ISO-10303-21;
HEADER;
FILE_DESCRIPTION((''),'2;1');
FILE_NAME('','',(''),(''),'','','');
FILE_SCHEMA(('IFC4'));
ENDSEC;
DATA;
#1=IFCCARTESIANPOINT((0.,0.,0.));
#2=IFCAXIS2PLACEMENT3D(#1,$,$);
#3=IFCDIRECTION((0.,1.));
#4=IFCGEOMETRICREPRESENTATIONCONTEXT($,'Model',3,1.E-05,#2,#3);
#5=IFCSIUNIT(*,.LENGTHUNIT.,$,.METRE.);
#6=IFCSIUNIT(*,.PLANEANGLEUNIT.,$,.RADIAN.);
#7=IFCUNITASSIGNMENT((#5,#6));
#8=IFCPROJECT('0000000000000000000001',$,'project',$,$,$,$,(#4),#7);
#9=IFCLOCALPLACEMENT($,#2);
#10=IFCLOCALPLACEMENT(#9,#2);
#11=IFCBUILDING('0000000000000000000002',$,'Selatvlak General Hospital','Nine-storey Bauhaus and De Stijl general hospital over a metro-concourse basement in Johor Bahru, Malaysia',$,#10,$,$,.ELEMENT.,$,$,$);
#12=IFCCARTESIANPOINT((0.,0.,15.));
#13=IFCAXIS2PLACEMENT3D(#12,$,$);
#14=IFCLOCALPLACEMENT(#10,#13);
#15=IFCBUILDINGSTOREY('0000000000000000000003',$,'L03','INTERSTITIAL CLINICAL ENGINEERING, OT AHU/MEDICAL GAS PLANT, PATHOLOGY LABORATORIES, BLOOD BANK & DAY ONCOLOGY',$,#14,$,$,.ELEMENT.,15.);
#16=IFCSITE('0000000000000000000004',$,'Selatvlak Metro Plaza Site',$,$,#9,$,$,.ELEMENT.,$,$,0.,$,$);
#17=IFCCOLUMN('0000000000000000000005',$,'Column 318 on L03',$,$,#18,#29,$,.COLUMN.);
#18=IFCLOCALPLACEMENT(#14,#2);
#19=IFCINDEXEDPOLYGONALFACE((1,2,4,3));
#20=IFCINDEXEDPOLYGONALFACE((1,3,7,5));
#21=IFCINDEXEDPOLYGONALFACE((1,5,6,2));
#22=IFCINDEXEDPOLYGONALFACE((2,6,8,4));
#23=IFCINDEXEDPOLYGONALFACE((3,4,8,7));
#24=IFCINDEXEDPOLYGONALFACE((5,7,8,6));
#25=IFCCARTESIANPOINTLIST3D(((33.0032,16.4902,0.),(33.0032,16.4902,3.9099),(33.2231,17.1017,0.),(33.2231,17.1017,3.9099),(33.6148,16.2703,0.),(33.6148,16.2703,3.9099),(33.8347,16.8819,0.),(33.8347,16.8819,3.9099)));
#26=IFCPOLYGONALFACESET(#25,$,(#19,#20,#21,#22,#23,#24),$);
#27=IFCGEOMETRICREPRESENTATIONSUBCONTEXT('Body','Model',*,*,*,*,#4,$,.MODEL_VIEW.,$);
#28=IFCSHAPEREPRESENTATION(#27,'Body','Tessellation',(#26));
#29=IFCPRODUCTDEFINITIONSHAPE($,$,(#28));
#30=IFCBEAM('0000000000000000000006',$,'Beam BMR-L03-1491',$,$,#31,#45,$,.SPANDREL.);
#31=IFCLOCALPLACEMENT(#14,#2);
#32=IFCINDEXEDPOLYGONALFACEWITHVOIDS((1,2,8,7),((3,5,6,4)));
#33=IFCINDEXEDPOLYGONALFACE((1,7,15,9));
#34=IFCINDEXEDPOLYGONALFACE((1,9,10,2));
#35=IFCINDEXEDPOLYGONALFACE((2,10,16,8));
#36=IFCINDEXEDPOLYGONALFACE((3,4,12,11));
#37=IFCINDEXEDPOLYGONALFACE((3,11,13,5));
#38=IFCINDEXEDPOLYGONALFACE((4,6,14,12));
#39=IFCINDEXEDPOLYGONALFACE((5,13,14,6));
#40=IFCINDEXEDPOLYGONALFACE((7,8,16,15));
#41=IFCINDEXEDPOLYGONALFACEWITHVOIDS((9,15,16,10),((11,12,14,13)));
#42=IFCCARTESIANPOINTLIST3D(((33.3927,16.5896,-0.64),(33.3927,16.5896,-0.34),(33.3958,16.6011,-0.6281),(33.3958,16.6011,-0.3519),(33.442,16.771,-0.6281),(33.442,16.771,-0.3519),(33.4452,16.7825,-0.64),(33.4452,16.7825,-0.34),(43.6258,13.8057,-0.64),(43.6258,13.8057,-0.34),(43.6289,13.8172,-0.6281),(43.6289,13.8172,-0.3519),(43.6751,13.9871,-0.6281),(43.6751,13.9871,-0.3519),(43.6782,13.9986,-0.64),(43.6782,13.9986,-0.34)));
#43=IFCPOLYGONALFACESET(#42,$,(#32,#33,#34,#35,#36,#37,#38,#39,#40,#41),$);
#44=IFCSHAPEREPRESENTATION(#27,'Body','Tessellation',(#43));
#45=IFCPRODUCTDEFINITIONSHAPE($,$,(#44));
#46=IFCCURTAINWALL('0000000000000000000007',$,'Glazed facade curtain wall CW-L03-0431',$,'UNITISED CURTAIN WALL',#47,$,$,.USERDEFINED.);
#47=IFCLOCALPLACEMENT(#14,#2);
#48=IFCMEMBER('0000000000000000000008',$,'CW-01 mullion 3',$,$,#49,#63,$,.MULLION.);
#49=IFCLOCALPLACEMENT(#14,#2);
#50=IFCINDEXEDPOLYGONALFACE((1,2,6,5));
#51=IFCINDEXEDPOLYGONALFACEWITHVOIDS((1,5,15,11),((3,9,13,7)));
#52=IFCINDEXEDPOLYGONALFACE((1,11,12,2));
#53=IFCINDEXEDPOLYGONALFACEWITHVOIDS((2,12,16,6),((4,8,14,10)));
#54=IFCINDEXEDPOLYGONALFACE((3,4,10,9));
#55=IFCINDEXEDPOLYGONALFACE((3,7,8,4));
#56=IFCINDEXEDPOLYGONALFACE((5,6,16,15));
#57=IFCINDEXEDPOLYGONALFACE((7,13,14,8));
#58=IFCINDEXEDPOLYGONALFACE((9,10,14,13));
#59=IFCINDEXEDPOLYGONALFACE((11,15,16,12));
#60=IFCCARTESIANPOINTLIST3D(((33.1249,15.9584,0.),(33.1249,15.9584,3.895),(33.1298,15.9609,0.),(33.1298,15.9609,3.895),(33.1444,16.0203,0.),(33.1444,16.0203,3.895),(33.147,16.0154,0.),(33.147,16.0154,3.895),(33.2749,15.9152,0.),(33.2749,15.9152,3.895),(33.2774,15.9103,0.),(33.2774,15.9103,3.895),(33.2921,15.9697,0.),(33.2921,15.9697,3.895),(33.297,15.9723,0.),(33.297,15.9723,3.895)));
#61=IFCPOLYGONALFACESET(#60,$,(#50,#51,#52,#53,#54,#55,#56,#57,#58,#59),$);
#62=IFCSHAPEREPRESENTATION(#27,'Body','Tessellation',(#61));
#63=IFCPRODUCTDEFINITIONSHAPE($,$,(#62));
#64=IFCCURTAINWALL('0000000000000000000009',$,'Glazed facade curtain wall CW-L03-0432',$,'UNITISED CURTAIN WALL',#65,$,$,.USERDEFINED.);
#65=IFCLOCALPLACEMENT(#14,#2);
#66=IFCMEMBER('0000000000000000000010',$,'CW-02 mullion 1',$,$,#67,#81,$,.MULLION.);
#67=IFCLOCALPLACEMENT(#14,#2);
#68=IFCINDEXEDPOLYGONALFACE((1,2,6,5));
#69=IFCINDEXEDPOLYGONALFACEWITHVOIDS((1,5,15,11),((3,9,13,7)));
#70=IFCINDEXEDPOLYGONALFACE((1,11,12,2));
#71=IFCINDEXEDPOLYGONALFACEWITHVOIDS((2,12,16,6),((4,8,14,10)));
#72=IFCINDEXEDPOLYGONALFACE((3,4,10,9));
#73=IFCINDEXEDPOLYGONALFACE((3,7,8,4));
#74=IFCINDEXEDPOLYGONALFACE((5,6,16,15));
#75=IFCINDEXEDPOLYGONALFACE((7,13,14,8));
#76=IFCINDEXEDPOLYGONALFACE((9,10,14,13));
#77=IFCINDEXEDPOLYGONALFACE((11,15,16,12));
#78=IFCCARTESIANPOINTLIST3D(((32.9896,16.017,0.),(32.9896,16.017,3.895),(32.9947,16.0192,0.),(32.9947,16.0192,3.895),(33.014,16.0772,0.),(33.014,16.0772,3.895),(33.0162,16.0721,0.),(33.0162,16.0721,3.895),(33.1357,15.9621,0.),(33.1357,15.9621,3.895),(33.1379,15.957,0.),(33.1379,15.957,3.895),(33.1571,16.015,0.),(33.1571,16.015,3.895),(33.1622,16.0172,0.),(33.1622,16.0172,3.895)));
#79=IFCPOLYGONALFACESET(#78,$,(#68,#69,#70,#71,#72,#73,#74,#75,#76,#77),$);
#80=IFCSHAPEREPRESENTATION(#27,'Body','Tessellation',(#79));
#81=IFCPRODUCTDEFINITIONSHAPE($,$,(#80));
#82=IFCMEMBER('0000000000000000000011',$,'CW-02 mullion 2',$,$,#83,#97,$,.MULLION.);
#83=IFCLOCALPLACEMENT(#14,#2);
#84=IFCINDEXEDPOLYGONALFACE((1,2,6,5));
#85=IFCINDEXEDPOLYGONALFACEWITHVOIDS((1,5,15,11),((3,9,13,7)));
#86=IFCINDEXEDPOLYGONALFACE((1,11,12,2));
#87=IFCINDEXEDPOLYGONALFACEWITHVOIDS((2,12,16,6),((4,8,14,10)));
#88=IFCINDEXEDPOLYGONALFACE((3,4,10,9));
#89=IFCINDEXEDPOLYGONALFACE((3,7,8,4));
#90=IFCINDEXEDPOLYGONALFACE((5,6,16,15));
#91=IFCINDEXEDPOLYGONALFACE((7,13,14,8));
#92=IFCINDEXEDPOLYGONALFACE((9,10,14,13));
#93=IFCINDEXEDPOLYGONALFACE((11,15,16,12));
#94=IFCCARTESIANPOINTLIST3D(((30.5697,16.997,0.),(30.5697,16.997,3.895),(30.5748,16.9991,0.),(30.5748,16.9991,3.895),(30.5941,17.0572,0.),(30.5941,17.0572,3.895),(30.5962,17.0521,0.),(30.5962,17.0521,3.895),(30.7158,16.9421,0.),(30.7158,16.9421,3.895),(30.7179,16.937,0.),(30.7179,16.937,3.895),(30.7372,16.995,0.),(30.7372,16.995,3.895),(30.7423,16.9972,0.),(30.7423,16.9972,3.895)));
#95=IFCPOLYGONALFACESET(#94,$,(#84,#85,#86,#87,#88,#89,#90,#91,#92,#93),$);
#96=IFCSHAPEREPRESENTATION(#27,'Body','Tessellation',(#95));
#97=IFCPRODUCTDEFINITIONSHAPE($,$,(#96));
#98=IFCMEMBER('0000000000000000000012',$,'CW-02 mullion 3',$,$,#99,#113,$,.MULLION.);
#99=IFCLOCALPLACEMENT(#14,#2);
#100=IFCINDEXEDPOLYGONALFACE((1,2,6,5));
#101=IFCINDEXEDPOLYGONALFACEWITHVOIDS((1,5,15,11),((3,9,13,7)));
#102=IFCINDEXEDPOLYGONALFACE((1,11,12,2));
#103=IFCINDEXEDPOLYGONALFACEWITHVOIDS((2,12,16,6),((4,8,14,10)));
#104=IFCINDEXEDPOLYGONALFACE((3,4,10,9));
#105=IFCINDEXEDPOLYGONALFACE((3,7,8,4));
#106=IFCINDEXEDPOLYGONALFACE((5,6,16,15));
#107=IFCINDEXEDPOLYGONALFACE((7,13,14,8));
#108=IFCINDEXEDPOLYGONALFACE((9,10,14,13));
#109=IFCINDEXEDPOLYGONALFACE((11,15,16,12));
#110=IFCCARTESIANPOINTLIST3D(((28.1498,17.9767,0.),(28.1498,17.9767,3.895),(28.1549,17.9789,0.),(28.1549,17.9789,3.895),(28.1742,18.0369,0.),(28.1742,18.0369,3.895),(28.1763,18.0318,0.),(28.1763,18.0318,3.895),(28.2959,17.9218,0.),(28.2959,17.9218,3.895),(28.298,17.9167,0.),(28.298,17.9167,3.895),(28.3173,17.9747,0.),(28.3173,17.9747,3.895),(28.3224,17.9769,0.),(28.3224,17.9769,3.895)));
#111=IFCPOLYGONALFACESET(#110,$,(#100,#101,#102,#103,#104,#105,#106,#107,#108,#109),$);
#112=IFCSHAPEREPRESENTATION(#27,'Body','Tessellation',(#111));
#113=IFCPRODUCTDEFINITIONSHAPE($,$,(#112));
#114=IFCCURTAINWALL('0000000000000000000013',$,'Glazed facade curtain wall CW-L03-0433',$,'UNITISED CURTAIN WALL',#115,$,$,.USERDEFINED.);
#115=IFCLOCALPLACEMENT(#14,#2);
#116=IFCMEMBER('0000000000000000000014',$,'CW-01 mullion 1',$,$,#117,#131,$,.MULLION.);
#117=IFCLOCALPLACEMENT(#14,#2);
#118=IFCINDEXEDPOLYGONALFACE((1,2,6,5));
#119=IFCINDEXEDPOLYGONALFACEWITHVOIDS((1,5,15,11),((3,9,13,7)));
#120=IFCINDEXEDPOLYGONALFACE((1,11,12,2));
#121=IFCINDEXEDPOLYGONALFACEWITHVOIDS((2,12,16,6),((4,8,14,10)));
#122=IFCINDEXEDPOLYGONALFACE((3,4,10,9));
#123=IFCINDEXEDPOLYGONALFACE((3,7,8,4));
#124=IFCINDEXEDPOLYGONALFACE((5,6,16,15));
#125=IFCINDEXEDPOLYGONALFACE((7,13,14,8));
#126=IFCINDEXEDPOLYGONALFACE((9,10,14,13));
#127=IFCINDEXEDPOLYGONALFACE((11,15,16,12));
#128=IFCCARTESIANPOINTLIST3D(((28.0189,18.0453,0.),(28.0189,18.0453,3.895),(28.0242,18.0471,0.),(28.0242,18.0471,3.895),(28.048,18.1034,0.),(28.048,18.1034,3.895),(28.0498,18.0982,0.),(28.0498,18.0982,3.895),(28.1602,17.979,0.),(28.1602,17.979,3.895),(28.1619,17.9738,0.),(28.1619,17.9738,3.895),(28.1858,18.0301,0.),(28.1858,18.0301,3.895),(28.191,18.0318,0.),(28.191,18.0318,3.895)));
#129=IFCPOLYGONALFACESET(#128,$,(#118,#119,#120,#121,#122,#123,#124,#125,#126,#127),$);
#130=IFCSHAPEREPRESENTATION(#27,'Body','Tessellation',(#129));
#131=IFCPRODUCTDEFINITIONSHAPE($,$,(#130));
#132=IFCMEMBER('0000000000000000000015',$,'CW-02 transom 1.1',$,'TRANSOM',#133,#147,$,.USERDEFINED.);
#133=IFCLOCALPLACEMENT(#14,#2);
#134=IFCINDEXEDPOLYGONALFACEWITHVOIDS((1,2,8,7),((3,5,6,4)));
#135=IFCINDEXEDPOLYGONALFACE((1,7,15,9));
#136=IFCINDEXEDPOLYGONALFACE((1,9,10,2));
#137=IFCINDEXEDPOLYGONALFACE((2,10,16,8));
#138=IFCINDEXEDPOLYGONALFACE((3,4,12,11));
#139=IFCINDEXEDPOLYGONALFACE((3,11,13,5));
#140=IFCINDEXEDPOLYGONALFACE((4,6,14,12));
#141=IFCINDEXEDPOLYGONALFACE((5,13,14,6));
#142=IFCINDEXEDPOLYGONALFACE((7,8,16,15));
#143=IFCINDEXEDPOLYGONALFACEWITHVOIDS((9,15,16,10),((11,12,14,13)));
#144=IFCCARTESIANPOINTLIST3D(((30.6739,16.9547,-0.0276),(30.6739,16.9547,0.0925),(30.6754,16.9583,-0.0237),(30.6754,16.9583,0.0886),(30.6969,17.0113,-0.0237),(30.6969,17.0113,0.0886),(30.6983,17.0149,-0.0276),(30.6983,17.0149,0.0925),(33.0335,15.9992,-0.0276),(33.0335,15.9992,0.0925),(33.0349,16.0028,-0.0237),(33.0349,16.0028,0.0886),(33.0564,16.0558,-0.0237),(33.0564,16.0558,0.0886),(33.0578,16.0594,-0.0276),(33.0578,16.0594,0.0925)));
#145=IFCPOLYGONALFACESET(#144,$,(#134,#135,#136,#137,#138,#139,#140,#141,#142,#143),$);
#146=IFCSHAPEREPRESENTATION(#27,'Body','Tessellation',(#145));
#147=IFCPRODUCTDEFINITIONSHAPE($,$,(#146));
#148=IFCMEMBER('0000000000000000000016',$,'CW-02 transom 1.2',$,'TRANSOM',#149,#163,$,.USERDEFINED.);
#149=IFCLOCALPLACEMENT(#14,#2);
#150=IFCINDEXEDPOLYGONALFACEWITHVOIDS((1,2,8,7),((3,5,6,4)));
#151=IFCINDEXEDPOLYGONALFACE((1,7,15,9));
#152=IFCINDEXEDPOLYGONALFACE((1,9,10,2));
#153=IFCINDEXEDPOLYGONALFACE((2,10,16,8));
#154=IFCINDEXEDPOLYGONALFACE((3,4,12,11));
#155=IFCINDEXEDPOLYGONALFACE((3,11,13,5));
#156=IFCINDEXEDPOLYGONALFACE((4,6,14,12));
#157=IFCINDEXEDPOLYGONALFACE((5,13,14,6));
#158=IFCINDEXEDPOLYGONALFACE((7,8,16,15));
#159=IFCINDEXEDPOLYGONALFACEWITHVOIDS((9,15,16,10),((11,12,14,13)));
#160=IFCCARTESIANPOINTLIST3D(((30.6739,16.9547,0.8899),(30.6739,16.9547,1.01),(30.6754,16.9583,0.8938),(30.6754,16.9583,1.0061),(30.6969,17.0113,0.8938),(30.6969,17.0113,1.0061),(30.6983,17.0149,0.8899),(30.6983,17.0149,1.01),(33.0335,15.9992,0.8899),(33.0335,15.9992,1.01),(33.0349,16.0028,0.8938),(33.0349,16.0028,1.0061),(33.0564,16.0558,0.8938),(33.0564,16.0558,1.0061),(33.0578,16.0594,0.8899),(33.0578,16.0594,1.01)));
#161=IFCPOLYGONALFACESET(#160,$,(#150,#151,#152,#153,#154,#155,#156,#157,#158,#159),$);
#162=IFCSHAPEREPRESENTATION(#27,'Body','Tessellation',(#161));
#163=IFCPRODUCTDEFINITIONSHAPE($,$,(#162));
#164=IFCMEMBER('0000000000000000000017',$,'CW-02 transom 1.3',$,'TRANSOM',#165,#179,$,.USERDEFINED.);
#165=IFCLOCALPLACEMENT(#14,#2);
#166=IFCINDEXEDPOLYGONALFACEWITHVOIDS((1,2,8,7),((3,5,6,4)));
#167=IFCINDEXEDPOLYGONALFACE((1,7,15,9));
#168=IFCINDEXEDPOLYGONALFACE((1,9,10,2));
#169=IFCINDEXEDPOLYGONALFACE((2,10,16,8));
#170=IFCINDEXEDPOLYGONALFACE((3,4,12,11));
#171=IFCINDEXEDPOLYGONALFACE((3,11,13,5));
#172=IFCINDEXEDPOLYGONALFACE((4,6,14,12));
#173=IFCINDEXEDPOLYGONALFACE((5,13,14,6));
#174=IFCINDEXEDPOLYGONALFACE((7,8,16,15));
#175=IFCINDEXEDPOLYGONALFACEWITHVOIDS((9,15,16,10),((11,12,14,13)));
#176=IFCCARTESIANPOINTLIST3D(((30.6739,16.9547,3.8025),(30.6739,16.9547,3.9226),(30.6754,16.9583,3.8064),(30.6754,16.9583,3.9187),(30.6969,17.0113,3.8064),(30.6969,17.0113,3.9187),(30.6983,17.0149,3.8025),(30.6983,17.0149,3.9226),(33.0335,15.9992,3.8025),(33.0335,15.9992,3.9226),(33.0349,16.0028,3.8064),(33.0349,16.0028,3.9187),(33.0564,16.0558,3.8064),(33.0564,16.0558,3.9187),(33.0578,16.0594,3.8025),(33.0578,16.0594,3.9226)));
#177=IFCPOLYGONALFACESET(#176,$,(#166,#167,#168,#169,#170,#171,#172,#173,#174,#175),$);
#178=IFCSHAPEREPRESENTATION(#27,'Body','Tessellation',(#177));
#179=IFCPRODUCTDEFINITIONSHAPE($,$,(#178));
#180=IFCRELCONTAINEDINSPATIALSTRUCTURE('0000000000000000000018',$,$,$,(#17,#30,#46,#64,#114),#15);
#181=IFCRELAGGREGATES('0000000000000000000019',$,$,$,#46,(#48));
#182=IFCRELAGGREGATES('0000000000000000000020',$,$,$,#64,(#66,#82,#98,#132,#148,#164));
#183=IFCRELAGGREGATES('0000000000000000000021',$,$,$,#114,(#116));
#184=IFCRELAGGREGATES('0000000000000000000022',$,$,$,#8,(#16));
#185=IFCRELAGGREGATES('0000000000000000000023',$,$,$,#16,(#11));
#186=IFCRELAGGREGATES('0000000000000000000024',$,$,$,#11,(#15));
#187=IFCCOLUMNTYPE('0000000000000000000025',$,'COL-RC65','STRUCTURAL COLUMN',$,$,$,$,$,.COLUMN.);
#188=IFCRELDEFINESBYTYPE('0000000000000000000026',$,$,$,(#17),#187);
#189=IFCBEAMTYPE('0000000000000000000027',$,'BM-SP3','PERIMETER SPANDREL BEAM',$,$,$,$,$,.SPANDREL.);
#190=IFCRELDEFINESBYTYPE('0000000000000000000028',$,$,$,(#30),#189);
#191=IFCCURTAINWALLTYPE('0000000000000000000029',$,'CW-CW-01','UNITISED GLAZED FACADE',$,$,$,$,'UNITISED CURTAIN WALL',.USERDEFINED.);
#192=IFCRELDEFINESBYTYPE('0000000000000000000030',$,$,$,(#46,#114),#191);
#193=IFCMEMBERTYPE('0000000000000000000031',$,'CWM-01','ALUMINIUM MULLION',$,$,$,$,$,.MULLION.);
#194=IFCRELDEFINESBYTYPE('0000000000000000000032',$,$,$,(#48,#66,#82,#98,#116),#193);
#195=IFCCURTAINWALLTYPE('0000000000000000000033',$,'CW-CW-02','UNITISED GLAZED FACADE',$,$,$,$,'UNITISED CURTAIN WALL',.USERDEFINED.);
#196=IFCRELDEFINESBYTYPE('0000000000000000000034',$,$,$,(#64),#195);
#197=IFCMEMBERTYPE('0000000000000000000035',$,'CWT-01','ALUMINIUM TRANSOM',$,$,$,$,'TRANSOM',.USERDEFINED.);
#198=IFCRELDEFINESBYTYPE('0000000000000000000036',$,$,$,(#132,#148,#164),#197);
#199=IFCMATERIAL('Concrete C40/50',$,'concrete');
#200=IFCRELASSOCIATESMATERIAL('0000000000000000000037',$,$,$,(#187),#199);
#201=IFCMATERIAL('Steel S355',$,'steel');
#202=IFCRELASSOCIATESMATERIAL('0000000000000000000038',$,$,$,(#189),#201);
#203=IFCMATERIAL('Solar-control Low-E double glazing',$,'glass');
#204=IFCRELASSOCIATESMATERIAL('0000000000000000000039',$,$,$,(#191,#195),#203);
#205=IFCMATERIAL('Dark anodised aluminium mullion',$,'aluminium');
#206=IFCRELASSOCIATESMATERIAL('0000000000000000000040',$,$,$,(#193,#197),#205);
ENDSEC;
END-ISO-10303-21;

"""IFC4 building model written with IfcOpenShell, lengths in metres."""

from ifc_helpers import new_model, si_unit, direction, frame, origin, origin_2d, place, context, subcontext, project, spatial, rectangle, hollow_rectangle, extrude, material, material_profile, profile_set, type_object, element, aggregate, save


model = new_model("IFC4")

# Units and contexts
model_context = context("Model", 3, precision=1e-05, world=origin(), true_north=direction((0.0, 1.0)))
body_context = subcontext(model_context, "Body", "Model", "MODEL_VIEW")
ifc_project = project(units=[si_unit("LENGTHUNIT", "METRE"), si_unit("PLANEANGLEUNIT", "RADIAN")], contexts=[model_context])

# Site, building, storey
site_placement = place(None, origin())
site = spatial("IfcSite", under=ifc_project, at=site_placement, Name="Selatvlak Metro Plaza Site", CompositionType="ELEMENT", RefElevation=0.0)
building_placement = place(site_placement, origin())
building = spatial("IfcBuilding", under=site, at=building_placement, Name="Selatvlak General Hospital", Description="Nine-storey Bauhaus and De Stijl general hospital over a metro-concourse basement in Johor Bahru, Malaysia", CompositionType="ELEMENT")
storey_placement = place(building_placement, frame((0.0, 0.0, 15.0)))
storey = spatial("IfcBuildingStorey", under=building, at=storey_placement, Name="L03", Description="INTERSTITIAL CLINICAL ENGINEERING, OT AHU/MEDICAL GAS PLANT, PATHOLOGY LABORATORIES, BLOOD BANK & DAY ONCOLOGY", CompositionType="ELEMENT", Elevation=15.0)

# Column
ifc_material_1 = material(Name="Concrete C40/50", Category="concrete")
ifc_material_profile_1 = material_profile(ifc_material_1, rectangle(XDim=0.6499, YDim=0.6499, at=origin_2d()), Name="RC-COL 650x650")
ifc_profile_set_1 = profile_set([ifc_material_profile_1], Name="Concrete C40/50")
column_type = type_object("IfcColumnType", Name="COL-RC65", Description="STRUCTURAL COLUMN", PredefinedType="COLUMN", material=ifc_profile_set_1)
column_placement = place(storey_placement, frame((33.4189, 16.686, 0.0), z_axis=(0.0, 0.0, 1.0), x_axis=(0.338262, 0.941052, 0.0)))
element("IfcColumn", 1, at=column_placement, inside=storey, type_object=column_type, Name="Column 318 on L03", PredefinedType="COLUMN", context=body_context, shape_type="SweptSolid", body=[
    extrude(rectangle(XDim=0.6499, YDim=0.6499, at=origin_2d()), origin(), (0.0, 0.0, 1.0), 3.9099),
])

# Beam
ifc_material_2 = material(Name="Steel S355", Category="steel")
ifc_material_profile_2 = material_profile(ifc_material_2, hollow_rectangle(XDim=0.2, YDim=0.3, WallThickness=0.012, at=origin_2d()), Name="RHS 300x200x12")
ifc_profile_set_2 = profile_set([ifc_material_profile_2], Name="Steel S355")
beam_type = type_object("IfcBeamType", Name="BM-SP3", Description="PERIMETER SPANDREL BEAM", PredefinedType="SPANDREL", material=ifc_profile_set_2)
beam_placement = place(storey_placement, frame((33.4189, 16.686, -0.49), z_axis=(0.964929, -0.26251, 0.0), x_axis=(0.26251, 0.964929, 0.0)))
element("IfcBeam", 2, at=beam_placement, inside=storey, type_object=beam_type, Name="Beam BMR-L03-1491", PredefinedType="SPANDREL", context=body_context, shape_type="SweptSolid", body=[
    extrude(hollow_rectangle(XDim=0.2, YDim=0.3, WallThickness=0.012, at=origin_2d()), origin(), (0.0, 0.0, 1.0), 10.605),
])

# Curtain wall, member
ifc_material_3 = material(Name="Solar-control Low-E double glazing", Category="glass")
curtain_wall_type_1 = type_object("IfcCurtainWallType", Name="CW-CW-01", Description="UNITISED GLAZED FACADE", ElementType="UNITISED CURTAIN WALL", PredefinedType="USERDEFINED", material=ifc_material_3)
curtain_wall_1_placement = place(storey_placement, origin())
curtain_wall_1 = element("IfcCurtainWall", 3, at=curtain_wall_1_placement, inside=storey, type_object=curtain_wall_type_1, Name="Glazed facade curtain wall CW-L03-0431", ObjectType="UNITISED CURTAIN WALL", PredefinedType="USERDEFINED")
ifc_material_4 = material(Name="Dark anodised aluminium mullion", Category="aluminium")
ifc_material_profile_3 = material_profile(ifc_material_4, hollow_rectangle(XDim=0.0649, YDim=0.1599, WallThickness=0.0039, at=origin_2d()), Name="AL-MUL 65x160x4")
ifc_profile_set_3 = profile_set([ifc_material_profile_3], Name="Dark anodised aluminium mullion")
member_type_1 = type_object("IfcMemberType", Name="CWM-01", Description="ALUMINIUM MULLION", PredefinedType="MULLION", material=ifc_profile_set_3)
member_1_placement = place(storey_placement, frame((33.2109, 15.9653, 0.0), z_axis=(0.0, 0.0, 1.0), x_axis=(-0.300461, -0.953794, 0.0)))
member_1 = element("IfcMember", 4, at=member_1_placement, type_object=member_type_1, Name="CW-01 mullion 3", PredefinedType="MULLION", context=body_context, shape_type="SweptSolid", body=[
    extrude(hollow_rectangle(XDim=0.0649, YDim=0.1599, WallThickness=0.0039, at=origin_2d()), origin(), (0.0, 0.0, 1.0), 3.895),
])

# Curtain wall, members
curtain_wall_type_2 = type_object("IfcCurtainWallType", Name="CW-CW-02", Description="UNITISED GLAZED FACADE", ElementType="UNITISED CURTAIN WALL", PredefinedType="USERDEFINED", material=ifc_material_3)
curtain_wall_2_placement = place(storey_placement, origin())
curtain_wall_2 = element("IfcCurtainWall", 5, at=curtain_wall_2_placement, inside=storey, type_object=curtain_wall_type_2, Name="Glazed facade curtain wall CW-L03-0432", ObjectType="UNITISED CURTAIN WALL", PredefinedType="USERDEFINED")
member_2_placement = place(storey_placement, frame((33.0759, 16.0171, 0.0), z_axis=(0.0, 0.0, 1.0), x_axis=(-0.375301, -0.926903, 0.0)))
member_2 = element("IfcMember", 6, at=member_2_placement, type_object=member_type_1, Name="CW-02 mullion 1", PredefinedType="MULLION", context=body_context, shape_type="SweptSolid", body=[
    extrude(hollow_rectangle(XDim=0.0649, YDim=0.1599, WallThickness=0.0039, at=origin_2d()), origin(), (0.0, 0.0, 1.0), 3.895),
])
member_3_placement = place(storey_placement, frame((30.656, 16.9971, 0.0), z_axis=(0.0, 0.0, 1.0), x_axis=(-0.375301, -0.926903, 0.0)))
member_3 = element("IfcMember", 7, at=member_3_placement, type_object=member_type_1, Name="CW-02 mullion 2", PredefinedType="MULLION", context=body_context, shape_type="SweptSolid", body=[
    extrude(hollow_rectangle(XDim=0.0649, YDim=0.1599, WallThickness=0.0039, at=origin_2d()), origin(), (0.0, 0.0, 1.0), 3.895),
])
member_4_placement = place(storey_placement, frame((28.2361, 17.9768, 0.0), z_axis=(0.0, 0.0, 1.0), x_axis=(-0.375301, -0.926903, 0.0)))
member_4 = element("IfcMember", 8, at=member_4_placement, type_object=member_type_1, Name="CW-02 mullion 3", PredefinedType="MULLION", context=body_context, shape_type="SweptSolid", body=[
    extrude(hollow_rectangle(XDim=0.0649, YDim=0.1599, WallThickness=0.0039, at=origin_2d()), origin(), (0.0, 0.0, 1.0), 3.895),
])

# Curtain wall, member
curtain_wall_3_placement = place(storey_placement, origin())
curtain_wall_3 = element("IfcCurtainWall", 9, at=curtain_wall_3_placement, inside=storey, type_object=curtain_wall_type_1, Name="Glazed facade curtain wall CW-L03-0433", ObjectType="UNITISED CURTAIN WALL", PredefinedType="USERDEFINED")
member_5_placement = place(storey_placement, frame((28.105, 18.0386, 0.0), z_axis=(0.0, 0.0, 1.0), x_axis=(-0.447592, -0.894238, 0.0)))
member_5 = element("IfcMember", 10, at=member_5_placement, type_object=member_type_1, Name="CW-01 mullion 1", PredefinedType="MULLION", context=body_context, shape_type="SweptSolid", body=[
    extrude(hollow_rectangle(XDim=0.0649, YDim=0.1599, WallThickness=0.0039, at=origin_2d()), origin(), (0.0, 0.0, 1.0), 3.895),
])

# Members
ifc_material_profile_4 = material_profile(ifc_material_4, hollow_rectangle(XDim=0.0649, YDim=0.1201, WallThickness=0.0039, at=origin_2d()), Name="AL-TRN 65x120x4")
ifc_profile_set_4 = profile_set([ifc_material_profile_4], Name="Dark anodised aluminium mullion")
member_type_2 = type_object("IfcMemberType", Name="CWT-01", Description="ALUMINIUM TRANSOM", ElementType="TRANSOM", PredefinedType="USERDEFINED", material=ifc_profile_set_4)
member_6_placement = place(storey_placement, frame((33.0457, 16.0293, 0.0325), z_axis=(-0.926881, 0.375356, 0.0), x_axis=(-0.375356, -0.926881, 0.0)))
member_6 = element("IfcMember", 11, at=member_6_placement, type_object=member_type_2, Name="CW-02 transom 1.1", ObjectType="TRANSOM", PredefinedType="USERDEFINED", context=body_context, shape_type="SweptSolid", body=[
    extrude(hollow_rectangle(XDim=0.0649, YDim=0.1201, WallThickness=0.0039, at=origin_2d()), origin(), (0.0, 0.0, 1.0), 2.5457),
])
member_7_placement = place(storey_placement, frame((33.0457, 16.0293, 0.95), z_axis=(-0.926881, 0.375356, 0.0), x_axis=(-0.375356, -0.926881, 0.0)))
member_7 = element("IfcMember", 12, at=member_7_placement, type_object=member_type_2, Name="CW-02 transom 1.2", ObjectType="TRANSOM", PredefinedType="USERDEFINED", context=body_context, shape_type="SweptSolid", body=[
    extrude(hollow_rectangle(XDim=0.0649, YDim=0.1201, WallThickness=0.0039, at=origin_2d()), origin(), (0.0, 0.0, 1.0), 2.5457),
])
member_8_placement = place(storey_placement, frame((33.0457, 16.0293, 3.8625), z_axis=(-0.926881, 0.375356, 0.0), x_axis=(-0.375356, -0.926881, 0.0)))
member_8 = element("IfcMember", 13, at=member_8_placement, type_object=member_type_2, Name="CW-02 transom 1.3", ObjectType="TRANSOM", PredefinedType="USERDEFINED", context=body_context, shape_type="SweptSolid", body=[
    extrude(hollow_rectangle(XDim=0.0649, YDim=0.1201, WallThickness=0.0039, at=origin_2d()), origin(), (0.0, 0.0, 1.0), 2.5457),
])

aggregate(curtain_wall_1, [member_1])
aggregate(curtain_wall_2, [member_2, member_3, member_4, member_6, member_7, member_8])
aggregate(curtain_wall_3, [member_5])

save(model, "model.ifc")
